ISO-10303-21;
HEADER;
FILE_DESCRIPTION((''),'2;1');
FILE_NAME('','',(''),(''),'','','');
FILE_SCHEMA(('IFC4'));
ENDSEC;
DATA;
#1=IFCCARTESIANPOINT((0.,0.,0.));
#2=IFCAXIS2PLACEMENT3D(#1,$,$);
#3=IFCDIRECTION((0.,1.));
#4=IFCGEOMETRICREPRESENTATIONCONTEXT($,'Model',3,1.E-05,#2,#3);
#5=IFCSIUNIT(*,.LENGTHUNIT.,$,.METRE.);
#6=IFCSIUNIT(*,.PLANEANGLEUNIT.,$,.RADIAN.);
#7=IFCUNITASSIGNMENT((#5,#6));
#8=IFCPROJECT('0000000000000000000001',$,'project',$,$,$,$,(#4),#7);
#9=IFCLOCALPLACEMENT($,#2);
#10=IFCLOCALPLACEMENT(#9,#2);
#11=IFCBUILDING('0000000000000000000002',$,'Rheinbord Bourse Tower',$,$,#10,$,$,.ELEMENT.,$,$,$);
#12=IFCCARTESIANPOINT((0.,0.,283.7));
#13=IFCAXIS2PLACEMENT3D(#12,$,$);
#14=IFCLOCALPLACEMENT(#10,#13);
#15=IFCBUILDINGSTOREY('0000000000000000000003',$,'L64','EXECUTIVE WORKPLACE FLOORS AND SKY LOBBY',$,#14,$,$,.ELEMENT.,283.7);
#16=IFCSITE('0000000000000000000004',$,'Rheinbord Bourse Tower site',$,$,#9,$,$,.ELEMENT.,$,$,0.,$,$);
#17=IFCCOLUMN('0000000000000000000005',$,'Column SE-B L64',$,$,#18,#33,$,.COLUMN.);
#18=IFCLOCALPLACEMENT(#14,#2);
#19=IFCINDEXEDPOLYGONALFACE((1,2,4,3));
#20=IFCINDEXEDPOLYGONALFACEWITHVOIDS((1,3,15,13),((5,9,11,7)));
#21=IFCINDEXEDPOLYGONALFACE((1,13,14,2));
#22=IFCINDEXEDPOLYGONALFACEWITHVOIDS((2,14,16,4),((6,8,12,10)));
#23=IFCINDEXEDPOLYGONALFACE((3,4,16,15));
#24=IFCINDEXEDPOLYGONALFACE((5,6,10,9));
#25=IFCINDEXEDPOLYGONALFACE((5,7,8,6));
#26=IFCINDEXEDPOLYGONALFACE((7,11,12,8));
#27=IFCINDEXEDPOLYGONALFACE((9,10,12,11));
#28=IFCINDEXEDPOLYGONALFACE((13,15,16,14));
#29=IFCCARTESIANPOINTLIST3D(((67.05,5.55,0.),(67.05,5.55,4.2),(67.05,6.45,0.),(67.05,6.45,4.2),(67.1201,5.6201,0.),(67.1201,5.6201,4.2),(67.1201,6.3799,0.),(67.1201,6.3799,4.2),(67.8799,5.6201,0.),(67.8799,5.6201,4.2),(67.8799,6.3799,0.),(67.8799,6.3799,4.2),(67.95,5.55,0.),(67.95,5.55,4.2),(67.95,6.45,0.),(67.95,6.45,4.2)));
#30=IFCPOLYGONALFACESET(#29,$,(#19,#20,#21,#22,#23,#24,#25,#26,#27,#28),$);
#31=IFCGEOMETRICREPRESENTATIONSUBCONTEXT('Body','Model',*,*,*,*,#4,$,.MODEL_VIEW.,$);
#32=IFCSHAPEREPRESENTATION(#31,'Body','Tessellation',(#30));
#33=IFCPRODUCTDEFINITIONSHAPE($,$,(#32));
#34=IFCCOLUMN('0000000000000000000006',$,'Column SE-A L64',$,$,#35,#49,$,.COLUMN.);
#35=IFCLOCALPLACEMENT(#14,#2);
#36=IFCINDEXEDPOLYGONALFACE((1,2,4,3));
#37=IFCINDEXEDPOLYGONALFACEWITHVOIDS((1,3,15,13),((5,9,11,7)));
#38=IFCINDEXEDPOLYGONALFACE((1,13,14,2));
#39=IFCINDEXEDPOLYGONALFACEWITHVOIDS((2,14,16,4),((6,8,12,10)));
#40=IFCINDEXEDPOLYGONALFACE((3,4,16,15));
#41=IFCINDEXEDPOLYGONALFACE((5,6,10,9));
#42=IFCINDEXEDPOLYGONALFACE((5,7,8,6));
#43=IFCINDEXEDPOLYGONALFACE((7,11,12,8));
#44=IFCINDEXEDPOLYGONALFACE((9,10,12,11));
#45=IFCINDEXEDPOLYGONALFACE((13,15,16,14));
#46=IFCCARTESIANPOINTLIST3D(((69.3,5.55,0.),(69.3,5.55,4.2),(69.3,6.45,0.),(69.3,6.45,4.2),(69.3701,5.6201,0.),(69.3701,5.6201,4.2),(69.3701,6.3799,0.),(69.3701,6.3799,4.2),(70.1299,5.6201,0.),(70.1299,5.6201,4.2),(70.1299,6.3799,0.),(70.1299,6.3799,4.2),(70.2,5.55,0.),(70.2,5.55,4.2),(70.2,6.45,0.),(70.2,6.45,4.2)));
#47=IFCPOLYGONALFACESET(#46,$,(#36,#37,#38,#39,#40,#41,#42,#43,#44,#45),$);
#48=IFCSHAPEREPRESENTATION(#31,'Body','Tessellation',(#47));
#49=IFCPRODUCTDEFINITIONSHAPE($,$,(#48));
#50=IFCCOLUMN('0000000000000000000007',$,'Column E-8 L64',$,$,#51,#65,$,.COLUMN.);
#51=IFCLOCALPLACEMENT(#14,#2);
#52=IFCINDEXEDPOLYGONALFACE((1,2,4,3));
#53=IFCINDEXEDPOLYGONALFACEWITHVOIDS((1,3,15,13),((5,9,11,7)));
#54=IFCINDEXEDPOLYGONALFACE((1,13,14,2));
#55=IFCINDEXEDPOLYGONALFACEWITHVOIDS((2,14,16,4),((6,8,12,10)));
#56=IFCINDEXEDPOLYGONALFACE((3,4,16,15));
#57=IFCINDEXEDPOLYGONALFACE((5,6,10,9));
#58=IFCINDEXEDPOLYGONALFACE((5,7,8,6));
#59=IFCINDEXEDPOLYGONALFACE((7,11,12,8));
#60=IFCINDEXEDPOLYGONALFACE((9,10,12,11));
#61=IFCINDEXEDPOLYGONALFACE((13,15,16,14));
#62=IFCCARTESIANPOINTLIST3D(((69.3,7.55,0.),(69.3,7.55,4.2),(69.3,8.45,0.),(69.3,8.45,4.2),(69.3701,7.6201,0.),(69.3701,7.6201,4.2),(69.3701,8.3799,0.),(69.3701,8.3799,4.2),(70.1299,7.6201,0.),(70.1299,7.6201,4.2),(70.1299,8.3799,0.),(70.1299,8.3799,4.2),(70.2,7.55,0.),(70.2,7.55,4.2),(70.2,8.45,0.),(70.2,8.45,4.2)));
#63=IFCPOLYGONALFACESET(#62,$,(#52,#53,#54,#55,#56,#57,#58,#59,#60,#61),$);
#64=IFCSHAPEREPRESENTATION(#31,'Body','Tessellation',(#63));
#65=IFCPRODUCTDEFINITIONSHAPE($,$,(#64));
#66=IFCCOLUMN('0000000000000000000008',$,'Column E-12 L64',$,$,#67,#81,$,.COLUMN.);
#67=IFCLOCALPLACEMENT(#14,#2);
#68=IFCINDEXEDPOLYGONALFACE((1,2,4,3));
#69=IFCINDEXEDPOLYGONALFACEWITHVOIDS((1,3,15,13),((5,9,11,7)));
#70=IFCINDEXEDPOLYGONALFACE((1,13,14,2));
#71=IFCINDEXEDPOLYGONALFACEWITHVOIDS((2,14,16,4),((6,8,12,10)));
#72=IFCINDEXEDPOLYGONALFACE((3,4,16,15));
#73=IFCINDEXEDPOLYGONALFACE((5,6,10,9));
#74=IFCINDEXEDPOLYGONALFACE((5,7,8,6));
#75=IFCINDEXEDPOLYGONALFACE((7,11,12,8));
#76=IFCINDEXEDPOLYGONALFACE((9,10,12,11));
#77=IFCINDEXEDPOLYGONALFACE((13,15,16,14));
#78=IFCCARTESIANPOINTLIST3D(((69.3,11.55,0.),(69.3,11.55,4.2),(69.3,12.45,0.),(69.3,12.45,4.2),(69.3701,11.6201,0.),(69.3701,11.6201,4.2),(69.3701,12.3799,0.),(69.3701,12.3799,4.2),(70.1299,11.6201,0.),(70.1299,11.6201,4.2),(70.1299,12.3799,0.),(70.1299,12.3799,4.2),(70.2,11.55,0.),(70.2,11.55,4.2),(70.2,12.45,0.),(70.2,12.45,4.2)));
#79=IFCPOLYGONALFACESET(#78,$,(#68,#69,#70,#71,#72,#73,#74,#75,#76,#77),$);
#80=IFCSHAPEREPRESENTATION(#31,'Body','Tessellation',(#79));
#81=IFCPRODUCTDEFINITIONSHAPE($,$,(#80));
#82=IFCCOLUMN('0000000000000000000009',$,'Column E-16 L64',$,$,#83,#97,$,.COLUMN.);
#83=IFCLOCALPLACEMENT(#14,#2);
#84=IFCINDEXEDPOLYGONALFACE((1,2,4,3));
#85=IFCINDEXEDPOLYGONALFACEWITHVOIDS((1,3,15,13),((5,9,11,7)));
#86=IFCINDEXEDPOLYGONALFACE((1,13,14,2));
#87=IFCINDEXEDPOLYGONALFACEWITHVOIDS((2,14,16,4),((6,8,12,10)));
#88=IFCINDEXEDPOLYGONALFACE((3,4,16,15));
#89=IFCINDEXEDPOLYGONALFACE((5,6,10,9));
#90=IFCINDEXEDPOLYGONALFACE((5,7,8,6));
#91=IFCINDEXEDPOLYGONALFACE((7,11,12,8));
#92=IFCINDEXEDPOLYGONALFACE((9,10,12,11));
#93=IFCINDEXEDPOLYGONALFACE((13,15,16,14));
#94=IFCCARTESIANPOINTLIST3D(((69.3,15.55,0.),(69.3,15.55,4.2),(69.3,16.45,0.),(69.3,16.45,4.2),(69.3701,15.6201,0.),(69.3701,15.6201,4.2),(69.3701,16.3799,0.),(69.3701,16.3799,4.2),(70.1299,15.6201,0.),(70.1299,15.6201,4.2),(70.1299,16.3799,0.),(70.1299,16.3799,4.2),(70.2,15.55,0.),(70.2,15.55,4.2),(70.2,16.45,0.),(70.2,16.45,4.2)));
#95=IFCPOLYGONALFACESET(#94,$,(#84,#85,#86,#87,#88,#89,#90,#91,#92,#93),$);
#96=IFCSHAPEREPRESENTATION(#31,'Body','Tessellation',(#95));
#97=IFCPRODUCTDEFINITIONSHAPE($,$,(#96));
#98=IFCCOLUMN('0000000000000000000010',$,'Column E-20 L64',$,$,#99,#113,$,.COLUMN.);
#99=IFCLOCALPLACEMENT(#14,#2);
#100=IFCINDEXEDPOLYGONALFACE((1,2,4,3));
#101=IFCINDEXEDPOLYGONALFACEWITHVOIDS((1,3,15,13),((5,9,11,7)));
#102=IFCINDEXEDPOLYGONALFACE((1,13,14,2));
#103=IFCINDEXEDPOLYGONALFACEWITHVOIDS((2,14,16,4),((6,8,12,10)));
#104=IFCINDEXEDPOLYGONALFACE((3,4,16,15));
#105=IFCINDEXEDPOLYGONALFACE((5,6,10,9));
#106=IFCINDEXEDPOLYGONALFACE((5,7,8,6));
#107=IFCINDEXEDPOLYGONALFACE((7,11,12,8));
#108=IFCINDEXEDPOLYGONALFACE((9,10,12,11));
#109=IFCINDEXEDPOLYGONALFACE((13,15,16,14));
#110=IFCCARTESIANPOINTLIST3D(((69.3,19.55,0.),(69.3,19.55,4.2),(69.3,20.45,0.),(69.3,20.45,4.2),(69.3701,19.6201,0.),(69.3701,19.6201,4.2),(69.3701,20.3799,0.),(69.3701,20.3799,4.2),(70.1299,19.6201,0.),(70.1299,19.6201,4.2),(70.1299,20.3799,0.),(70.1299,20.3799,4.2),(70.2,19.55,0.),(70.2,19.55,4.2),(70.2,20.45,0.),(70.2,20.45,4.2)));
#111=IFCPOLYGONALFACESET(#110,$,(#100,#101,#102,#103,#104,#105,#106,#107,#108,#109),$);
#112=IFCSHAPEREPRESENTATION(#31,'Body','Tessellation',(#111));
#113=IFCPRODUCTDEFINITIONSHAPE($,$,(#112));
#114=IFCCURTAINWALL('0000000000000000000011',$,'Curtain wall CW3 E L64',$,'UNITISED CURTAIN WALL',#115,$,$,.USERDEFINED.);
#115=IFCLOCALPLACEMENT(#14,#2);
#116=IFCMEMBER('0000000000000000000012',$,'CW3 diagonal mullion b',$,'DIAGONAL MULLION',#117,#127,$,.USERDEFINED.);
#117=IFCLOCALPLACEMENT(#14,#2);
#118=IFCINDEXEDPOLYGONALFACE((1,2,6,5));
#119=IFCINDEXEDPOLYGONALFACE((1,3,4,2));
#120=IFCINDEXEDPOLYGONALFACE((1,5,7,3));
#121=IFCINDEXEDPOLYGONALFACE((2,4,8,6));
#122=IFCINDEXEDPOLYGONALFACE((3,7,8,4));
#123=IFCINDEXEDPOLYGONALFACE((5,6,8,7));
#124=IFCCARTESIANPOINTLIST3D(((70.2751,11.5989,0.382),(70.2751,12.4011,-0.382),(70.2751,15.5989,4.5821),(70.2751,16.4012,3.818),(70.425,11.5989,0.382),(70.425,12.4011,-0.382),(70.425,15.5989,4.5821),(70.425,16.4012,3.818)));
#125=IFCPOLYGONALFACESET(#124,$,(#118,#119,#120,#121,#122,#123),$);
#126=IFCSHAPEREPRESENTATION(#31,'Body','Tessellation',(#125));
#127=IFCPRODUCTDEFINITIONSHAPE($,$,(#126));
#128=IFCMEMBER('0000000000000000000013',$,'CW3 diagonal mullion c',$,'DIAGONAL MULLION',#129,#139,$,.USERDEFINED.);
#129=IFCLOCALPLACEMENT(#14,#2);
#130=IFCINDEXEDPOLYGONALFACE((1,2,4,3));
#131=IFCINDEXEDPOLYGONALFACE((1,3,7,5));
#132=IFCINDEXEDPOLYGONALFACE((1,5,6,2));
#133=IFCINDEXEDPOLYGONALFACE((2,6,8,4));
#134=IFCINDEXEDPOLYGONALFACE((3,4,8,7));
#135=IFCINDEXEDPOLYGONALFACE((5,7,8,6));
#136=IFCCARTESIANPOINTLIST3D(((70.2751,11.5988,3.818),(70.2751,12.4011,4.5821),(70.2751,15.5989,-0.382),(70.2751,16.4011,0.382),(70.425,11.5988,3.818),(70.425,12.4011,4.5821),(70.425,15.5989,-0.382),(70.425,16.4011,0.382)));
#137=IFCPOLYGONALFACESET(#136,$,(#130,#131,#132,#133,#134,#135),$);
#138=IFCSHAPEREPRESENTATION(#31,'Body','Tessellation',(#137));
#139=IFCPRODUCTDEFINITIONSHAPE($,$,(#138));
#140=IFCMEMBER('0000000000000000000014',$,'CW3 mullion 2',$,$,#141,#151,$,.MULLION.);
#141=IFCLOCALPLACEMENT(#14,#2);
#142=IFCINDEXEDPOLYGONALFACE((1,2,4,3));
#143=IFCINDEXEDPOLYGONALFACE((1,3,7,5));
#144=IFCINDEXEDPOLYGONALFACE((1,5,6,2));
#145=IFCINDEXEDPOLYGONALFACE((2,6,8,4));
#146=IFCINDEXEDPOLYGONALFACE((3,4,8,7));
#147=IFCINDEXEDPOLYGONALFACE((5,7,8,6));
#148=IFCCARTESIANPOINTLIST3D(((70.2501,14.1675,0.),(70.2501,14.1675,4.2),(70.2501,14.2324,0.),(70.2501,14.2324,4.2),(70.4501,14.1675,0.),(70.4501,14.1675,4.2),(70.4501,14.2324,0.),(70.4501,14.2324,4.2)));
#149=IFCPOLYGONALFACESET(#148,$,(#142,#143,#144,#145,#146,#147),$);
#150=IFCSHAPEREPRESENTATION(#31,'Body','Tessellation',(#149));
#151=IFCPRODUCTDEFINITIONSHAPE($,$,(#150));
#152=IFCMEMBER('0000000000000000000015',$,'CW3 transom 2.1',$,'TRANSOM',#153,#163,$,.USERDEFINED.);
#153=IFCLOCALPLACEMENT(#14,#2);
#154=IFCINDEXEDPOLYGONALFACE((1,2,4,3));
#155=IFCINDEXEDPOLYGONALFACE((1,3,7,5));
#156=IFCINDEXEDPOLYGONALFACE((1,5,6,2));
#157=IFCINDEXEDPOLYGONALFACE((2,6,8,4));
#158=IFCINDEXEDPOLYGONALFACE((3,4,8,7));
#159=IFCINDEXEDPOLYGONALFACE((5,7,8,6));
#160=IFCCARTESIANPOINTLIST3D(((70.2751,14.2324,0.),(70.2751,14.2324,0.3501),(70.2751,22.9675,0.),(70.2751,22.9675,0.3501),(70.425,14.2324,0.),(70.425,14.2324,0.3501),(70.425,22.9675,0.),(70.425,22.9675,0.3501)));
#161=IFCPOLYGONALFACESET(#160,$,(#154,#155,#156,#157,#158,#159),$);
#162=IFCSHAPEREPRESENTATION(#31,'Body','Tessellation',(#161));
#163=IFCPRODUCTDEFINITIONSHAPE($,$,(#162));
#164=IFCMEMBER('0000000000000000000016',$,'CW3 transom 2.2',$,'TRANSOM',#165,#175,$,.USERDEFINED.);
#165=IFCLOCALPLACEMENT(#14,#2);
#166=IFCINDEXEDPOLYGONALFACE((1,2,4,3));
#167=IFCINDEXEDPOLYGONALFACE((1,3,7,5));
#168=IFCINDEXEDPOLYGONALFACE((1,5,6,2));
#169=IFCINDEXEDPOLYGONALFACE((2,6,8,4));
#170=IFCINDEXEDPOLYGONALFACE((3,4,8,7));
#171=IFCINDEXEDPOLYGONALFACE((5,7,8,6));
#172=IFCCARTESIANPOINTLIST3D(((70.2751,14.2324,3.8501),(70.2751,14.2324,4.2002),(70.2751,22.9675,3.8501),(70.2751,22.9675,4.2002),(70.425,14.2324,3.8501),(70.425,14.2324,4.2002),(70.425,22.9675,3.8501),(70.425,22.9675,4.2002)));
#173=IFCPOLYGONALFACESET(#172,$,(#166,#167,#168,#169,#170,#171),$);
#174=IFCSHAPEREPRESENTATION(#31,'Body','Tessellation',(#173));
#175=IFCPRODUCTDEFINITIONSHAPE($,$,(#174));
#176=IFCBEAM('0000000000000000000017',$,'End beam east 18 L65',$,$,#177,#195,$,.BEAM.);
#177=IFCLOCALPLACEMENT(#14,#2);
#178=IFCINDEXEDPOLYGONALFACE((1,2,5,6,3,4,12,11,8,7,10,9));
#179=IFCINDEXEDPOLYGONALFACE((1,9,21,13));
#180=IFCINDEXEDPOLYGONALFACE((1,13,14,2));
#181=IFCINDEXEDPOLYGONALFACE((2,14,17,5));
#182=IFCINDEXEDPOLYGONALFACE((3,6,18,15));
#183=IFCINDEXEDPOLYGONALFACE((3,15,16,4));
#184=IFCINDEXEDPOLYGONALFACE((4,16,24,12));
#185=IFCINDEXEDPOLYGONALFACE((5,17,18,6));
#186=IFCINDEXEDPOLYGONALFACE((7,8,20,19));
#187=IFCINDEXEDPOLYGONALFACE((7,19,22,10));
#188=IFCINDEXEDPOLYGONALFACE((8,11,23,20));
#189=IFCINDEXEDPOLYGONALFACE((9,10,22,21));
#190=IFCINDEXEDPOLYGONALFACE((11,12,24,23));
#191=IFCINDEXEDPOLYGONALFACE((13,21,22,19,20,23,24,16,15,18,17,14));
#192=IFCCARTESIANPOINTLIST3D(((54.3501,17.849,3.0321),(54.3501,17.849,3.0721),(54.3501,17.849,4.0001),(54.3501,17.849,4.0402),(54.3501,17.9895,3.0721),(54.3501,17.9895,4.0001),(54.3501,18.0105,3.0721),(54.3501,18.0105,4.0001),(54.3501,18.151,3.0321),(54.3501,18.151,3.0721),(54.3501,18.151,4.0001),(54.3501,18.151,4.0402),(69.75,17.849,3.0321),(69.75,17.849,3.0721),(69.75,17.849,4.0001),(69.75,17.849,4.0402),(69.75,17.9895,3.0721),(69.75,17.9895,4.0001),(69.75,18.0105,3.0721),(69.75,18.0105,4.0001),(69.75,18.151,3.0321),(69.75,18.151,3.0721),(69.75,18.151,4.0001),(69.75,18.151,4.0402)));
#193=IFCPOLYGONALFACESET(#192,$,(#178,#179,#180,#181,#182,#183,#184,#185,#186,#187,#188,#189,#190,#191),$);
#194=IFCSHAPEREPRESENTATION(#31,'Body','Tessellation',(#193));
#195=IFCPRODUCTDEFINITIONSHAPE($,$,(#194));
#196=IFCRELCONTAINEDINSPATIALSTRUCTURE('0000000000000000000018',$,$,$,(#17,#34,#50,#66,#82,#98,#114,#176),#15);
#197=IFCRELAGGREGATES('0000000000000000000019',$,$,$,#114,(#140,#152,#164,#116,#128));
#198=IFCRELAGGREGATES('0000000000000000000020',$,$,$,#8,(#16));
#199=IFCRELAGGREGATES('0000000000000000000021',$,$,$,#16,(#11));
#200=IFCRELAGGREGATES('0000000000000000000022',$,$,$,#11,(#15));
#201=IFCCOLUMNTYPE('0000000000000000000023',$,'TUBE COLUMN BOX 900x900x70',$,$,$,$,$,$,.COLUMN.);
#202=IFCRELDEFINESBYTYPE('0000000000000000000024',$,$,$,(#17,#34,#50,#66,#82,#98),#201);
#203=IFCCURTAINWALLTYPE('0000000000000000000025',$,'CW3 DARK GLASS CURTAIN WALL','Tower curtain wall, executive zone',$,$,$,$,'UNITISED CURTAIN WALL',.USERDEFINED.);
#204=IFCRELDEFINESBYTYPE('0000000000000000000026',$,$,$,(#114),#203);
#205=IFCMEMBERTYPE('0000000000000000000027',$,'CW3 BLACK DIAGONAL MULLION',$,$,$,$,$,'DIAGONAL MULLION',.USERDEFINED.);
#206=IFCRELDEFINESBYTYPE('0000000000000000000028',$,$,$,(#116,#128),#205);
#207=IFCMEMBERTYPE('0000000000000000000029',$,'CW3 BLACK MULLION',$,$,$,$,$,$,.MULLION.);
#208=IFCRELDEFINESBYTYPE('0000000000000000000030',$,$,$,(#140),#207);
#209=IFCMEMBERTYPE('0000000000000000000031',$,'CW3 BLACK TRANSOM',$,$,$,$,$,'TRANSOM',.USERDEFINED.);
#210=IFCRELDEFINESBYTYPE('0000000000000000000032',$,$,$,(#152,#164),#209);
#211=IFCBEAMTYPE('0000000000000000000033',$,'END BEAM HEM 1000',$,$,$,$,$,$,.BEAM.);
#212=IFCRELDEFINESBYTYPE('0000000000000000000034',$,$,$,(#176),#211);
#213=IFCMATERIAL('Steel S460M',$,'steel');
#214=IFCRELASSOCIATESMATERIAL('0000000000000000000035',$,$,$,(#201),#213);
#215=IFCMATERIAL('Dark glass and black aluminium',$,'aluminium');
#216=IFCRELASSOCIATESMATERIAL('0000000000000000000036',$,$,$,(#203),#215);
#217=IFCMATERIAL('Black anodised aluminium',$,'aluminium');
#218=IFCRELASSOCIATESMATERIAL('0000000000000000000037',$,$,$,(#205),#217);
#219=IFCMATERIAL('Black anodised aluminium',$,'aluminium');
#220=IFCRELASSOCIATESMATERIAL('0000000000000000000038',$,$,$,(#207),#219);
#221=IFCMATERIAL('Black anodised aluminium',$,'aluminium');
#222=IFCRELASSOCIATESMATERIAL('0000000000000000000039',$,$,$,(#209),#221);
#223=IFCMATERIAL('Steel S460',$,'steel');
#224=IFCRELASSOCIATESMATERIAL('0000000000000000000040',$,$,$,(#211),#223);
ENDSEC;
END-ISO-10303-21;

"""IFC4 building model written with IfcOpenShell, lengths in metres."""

from ifc_helpers import new_model, si_unit, direction, frame, origin, origin_2d, place, context, subcontext, project, spatial, rectangle, hollow_rectangle, i_section, extrude, material, material_profile, profile_set, type_object, element, aggregate, save


model = new_model("IFC4")

# Units and contexts
model_context = context("Model", 3, precision=1e-05, world=origin(), true_north=direction((0.0, 1.0)))
body_context = subcontext(model_context, "Body", "Model", "MODEL_VIEW")
ifc_project = project(units=[si_unit("LENGTHUNIT", "METRE"), si_unit("PLANEANGLEUNIT", "RADIAN")], contexts=[model_context])

# Site, building, storey
site_placement = place(None, origin())
site = spatial("IfcSite", under=ifc_project, at=site_placement, Name="Rheinbord Bourse Tower site", CompositionType="ELEMENT", RefElevation=0.0)
building_placement = place(site_placement, origin())
building = spatial("IfcBuilding", under=site, at=building_placement, Name="Rheinbord Bourse Tower", CompositionType="ELEMENT")
storey_placement = place(building_placement, frame((0.0, 0.0, 283.7)))
storey = spatial("IfcBuildingStorey", under=building, at=storey_placement, Name="L64", Description="EXECUTIVE WORKPLACE FLOORS AND SKY LOBBY", CompositionType="ELEMENT", Elevation=283.7)

# Columns
ifc_material_1 = material(Name="Steel S460M", Category="steel")
ifc_material_profile_1 = material_profile(ifc_material_1, hollow_rectangle(XDim=0.8999, YDim=0.8999, WallThickness=0.0701, at=origin_2d()), Name="BOX 900x900x70")
ifc_profile_set_1 = profile_set([ifc_material_profile_1], Name="Steel S460M")
column_type = type_object("IfcColumnType", Name="TUBE COLUMN BOX 900x900x70", PredefinedType="COLUMN", material=ifc_profile_set_1)
for number, where, z_axis, x_axis, name in (
    (1, (67.5, 6.0, 0.0), (0.0, 0.0, 1.0), (1.0, 0.0, 0.0), "Column SE-B L64"),
    (2, (69.75, 6.0, 0.0), (0.0, 0.0, 1.0), (1.0, 0.0, 0.0), "Column SE-A L64"),
    (3, (69.75, 8.0, 0.0), (0.0, 0.0, 1.0), (1.0, 0.0, 0.0), "Column E-8 L64"),
    (4, (69.75, 12.0, 0.0), (0.0, 0.0, 1.0), (1.0, 0.0, 0.0), "Column E-12 L64"),
    (5, (69.75, 16.0, 0.0), (0.0, 0.0, 1.0), (1.0, 0.0, 0.0), "Column E-16 L64"),
    (6, (69.75, 20.0, 0.0), (0.0, 0.0, 1.0), (1.0, 0.0, 0.0), "Column E-20 L64"),
):
    element("IfcColumn", number, at=place(storey_placement, frame(where, z_axis=z_axis, x_axis=x_axis)), inside=storey, type_object=column_type, Name=name, PredefinedType="COLUMN", context=body_context, shape_type="SweptSolid", body=[
        extrude(hollow_rectangle(XDim=0.8999, YDim=0.8999, WallThickness=0.0701, at=origin_2d()), origin(), (0.0, 0.0, 1.0), 4.2),
    ])

# Curtain wall, members
ifc_material_2 = material(Name="Dark glass and black aluminium", Category="aluminium")
curtain_wall_type = type_object("IfcCurtainWallType", Name="CW3 DARK GLASS CURTAIN WALL", Description="Tower curtain wall, executive zone", ElementType="UNITISED CURTAIN WALL", PredefinedType="USERDEFINED", material=ifc_material_2)
curtain_wall_placement = place(storey_placement, origin())
curtain_wall = element("IfcCurtainWall", 7, at=curtain_wall_placement, inside=storey, type_object=curtain_wall_type, Name="Curtain wall CW3 E L64", ObjectType="UNITISED CURTAIN WALL", PredefinedType="USERDEFINED")
ifc_material_3 = material(Name="Black anodised aluminium", Category="aluminium")
ifc_material_profile_2 = material_profile(ifc_material_3, rectangle(XDim=0.1499, YDim=1.1079, at=origin_2d()), Name="CW3 DIAGONAL MULLION 1108x150")
ifc_profile_set_2 = profile_set([ifc_material_profile_2], Name="Black anodised aluminium")
member_type_1 = type_object("IfcMemberType", Name="CW3 BLACK DIAGONAL MULLION", ElementType="DIAGONAL MULLION", PredefinedType="USERDEFINED", material=ifc_profile_set_2)
member_1_placement = place(storey_placement, frame((70.3501, 12.0, 0.0), z_axis=(0.0, 0.689659, 0.724134), x_axis=(-1.0, 0.0, 0.0)))
member_1 = element("IfcMember", 8, at=member_1_placement, type_object=member_type_1, Name="CW3 diagonal mullion b", ObjectType="DIAGONAL MULLION", PredefinedType="USERDEFINED", context=body_context, shape_type="SweptSolid", body=[
    extrude(rectangle(XDim=0.1499, YDim=1.1079, at=origin_2d()), origin(), (0.0, 0.0, 1.0), 5.8),
])
member_2_placement = place(storey_placement, frame((70.3501, 16.0, 0.0), z_axis=(0.0, -0.689659, 0.724134), x_axis=(1.0, 0.0, 0.0)))
member_2 = element("IfcMember", 9, at=member_2_placement, type_object=member_type_1, Name="CW3 diagonal mullion c", ObjectType="DIAGONAL MULLION", PredefinedType="USERDEFINED", context=body_context, shape_type="SweptSolid", body=[
    extrude(rectangle(XDim=0.1499, YDim=1.1079, at=origin_2d()), origin(), (0.0, 0.0, 1.0), 5.8),
])
ifc_material_4 = material(Name="Black anodised aluminium", Category="aluminium")
ifc_material_profile_3 = material_profile(ifc_material_4, rectangle(XDim=0.2, YDim=0.0649, at=origin_2d()), Name="CW3 MULLION 65x200")
ifc_profile_set_3 = profile_set([ifc_material_profile_3], Name="Black anodised aluminium")
member_type_2 = type_object("IfcMemberType", Name="CW3 BLACK MULLION", PredefinedType="MULLION", material=ifc_profile_set_3)
member_3_placement = place(storey_placement, frame((70.3501, 14.2, 0.0), z_axis=(0.0, 0.0, 1.0), x_axis=(-1.0, 0.0, 0.0)))
member_3 = element("IfcMember", 10, at=member_3_placement, type_object=member_type_2, Name="CW3 mullion 2", PredefinedType="MULLION", context=body_context, shape_type="SweptSolid", body=[
    extrude(rectangle(XDim=0.2, YDim=0.0649, at=origin_2d()), origin(), (0.0, 0.0, 1.0), 4.2),
])
ifc_material_5 = material(Name="Black anodised aluminium", Category="aluminium")
ifc_material_profile_4 = material_profile(ifc_material_5, rectangle(XDim=0.1499, YDim=0.3501, at=origin_2d()), Name="CW3 TRANSOM 350x150")
ifc_profile_set_4 = profile_set([ifc_material_profile_4], Name="Black anodised aluminium")
member_type_3 = type_object("IfcMemberType", Name="CW3 BLACK TRANSOM", ElementType="TRANSOM", PredefinedType="USERDEFINED", material=ifc_profile_set_4)
member_4_placement = place(storey_placement, frame((70.3501, 14.2324, 0.175), z_axis=(0.0, 1.0, 0.0), x_axis=(-1.0, 0.0, 0.0)))
member_4 = element("IfcMember", 11, at=member_4_placement, type_object=member_type_3, Name="CW3 transom 2.1", ObjectType="TRANSOM", PredefinedType="USERDEFINED", context=body_context, shape_type="SweptSolid", body=[
    extrude(rectangle(XDim=0.1499, YDim=0.3501, at=origin_2d()), origin(), (0.0, 0.0, 1.0), 8.7351),
])
member_5_placement = place(storey_placement, frame((70.3501, 14.2324, 4.0251), z_axis=(0.0, 1.0, 0.0), x_axis=(-1.0, 0.0, 0.0)))
member_5 = element("IfcMember", 12, at=member_5_placement, type_object=member_type_3, Name="CW3 transom 2.2", ObjectType="TRANSOM", PredefinedType="USERDEFINED", context=body_context, shape_type="SweptSolid", body=[
    extrude(rectangle(XDim=0.1499, YDim=0.3501, at=origin_2d()), origin(), (0.0, 0.0, 1.0), 8.7351),
])

# Beam
ifc_material_6 = material(Name="Steel S460", Category="steel")
ifc_material_profile_5 = material_profile(ifc_material_6, i_section(OverallWidth=0.302, OverallDepth=1.0081, WebThickness=0.021, FlangeThickness=0.04, at=origin_2d()), Name="HEM 1000")
ifc_profile_set_5 = profile_set([ifc_material_profile_5], Name="Steel S460")
beam_type_1 = type_object("IfcBeamType", Name="END BEAM HEM 1000", PredefinedType="BEAM", material=ifc_profile_set_5)
beam_1_placement = place(storey_placement, frame((54.3501, 18.0, 3.5361), z_axis=(1.0, 0.0, 0.0), x_axis=(0.0, 1.0, 0.0)))
element("IfcBeam", 13, at=beam_1_placement, inside=storey, type_object=beam_type_1, Name="End beam east 18 L65", PredefinedType="BEAM", context=body_context, shape_type="SweptSolid", body=[
    extrude(i_section(OverallWidth=0.302, OverallDepth=1.0081, WebThickness=0.021, FlangeThickness=0.04, at=origin_2d()), origin(), (0.0, 0.0, 1.0), 15.3999),
])

aggregate(curtain_wall, [member_3, member_4, member_5, member_1, member_2])

save(model, "model.ifc")
